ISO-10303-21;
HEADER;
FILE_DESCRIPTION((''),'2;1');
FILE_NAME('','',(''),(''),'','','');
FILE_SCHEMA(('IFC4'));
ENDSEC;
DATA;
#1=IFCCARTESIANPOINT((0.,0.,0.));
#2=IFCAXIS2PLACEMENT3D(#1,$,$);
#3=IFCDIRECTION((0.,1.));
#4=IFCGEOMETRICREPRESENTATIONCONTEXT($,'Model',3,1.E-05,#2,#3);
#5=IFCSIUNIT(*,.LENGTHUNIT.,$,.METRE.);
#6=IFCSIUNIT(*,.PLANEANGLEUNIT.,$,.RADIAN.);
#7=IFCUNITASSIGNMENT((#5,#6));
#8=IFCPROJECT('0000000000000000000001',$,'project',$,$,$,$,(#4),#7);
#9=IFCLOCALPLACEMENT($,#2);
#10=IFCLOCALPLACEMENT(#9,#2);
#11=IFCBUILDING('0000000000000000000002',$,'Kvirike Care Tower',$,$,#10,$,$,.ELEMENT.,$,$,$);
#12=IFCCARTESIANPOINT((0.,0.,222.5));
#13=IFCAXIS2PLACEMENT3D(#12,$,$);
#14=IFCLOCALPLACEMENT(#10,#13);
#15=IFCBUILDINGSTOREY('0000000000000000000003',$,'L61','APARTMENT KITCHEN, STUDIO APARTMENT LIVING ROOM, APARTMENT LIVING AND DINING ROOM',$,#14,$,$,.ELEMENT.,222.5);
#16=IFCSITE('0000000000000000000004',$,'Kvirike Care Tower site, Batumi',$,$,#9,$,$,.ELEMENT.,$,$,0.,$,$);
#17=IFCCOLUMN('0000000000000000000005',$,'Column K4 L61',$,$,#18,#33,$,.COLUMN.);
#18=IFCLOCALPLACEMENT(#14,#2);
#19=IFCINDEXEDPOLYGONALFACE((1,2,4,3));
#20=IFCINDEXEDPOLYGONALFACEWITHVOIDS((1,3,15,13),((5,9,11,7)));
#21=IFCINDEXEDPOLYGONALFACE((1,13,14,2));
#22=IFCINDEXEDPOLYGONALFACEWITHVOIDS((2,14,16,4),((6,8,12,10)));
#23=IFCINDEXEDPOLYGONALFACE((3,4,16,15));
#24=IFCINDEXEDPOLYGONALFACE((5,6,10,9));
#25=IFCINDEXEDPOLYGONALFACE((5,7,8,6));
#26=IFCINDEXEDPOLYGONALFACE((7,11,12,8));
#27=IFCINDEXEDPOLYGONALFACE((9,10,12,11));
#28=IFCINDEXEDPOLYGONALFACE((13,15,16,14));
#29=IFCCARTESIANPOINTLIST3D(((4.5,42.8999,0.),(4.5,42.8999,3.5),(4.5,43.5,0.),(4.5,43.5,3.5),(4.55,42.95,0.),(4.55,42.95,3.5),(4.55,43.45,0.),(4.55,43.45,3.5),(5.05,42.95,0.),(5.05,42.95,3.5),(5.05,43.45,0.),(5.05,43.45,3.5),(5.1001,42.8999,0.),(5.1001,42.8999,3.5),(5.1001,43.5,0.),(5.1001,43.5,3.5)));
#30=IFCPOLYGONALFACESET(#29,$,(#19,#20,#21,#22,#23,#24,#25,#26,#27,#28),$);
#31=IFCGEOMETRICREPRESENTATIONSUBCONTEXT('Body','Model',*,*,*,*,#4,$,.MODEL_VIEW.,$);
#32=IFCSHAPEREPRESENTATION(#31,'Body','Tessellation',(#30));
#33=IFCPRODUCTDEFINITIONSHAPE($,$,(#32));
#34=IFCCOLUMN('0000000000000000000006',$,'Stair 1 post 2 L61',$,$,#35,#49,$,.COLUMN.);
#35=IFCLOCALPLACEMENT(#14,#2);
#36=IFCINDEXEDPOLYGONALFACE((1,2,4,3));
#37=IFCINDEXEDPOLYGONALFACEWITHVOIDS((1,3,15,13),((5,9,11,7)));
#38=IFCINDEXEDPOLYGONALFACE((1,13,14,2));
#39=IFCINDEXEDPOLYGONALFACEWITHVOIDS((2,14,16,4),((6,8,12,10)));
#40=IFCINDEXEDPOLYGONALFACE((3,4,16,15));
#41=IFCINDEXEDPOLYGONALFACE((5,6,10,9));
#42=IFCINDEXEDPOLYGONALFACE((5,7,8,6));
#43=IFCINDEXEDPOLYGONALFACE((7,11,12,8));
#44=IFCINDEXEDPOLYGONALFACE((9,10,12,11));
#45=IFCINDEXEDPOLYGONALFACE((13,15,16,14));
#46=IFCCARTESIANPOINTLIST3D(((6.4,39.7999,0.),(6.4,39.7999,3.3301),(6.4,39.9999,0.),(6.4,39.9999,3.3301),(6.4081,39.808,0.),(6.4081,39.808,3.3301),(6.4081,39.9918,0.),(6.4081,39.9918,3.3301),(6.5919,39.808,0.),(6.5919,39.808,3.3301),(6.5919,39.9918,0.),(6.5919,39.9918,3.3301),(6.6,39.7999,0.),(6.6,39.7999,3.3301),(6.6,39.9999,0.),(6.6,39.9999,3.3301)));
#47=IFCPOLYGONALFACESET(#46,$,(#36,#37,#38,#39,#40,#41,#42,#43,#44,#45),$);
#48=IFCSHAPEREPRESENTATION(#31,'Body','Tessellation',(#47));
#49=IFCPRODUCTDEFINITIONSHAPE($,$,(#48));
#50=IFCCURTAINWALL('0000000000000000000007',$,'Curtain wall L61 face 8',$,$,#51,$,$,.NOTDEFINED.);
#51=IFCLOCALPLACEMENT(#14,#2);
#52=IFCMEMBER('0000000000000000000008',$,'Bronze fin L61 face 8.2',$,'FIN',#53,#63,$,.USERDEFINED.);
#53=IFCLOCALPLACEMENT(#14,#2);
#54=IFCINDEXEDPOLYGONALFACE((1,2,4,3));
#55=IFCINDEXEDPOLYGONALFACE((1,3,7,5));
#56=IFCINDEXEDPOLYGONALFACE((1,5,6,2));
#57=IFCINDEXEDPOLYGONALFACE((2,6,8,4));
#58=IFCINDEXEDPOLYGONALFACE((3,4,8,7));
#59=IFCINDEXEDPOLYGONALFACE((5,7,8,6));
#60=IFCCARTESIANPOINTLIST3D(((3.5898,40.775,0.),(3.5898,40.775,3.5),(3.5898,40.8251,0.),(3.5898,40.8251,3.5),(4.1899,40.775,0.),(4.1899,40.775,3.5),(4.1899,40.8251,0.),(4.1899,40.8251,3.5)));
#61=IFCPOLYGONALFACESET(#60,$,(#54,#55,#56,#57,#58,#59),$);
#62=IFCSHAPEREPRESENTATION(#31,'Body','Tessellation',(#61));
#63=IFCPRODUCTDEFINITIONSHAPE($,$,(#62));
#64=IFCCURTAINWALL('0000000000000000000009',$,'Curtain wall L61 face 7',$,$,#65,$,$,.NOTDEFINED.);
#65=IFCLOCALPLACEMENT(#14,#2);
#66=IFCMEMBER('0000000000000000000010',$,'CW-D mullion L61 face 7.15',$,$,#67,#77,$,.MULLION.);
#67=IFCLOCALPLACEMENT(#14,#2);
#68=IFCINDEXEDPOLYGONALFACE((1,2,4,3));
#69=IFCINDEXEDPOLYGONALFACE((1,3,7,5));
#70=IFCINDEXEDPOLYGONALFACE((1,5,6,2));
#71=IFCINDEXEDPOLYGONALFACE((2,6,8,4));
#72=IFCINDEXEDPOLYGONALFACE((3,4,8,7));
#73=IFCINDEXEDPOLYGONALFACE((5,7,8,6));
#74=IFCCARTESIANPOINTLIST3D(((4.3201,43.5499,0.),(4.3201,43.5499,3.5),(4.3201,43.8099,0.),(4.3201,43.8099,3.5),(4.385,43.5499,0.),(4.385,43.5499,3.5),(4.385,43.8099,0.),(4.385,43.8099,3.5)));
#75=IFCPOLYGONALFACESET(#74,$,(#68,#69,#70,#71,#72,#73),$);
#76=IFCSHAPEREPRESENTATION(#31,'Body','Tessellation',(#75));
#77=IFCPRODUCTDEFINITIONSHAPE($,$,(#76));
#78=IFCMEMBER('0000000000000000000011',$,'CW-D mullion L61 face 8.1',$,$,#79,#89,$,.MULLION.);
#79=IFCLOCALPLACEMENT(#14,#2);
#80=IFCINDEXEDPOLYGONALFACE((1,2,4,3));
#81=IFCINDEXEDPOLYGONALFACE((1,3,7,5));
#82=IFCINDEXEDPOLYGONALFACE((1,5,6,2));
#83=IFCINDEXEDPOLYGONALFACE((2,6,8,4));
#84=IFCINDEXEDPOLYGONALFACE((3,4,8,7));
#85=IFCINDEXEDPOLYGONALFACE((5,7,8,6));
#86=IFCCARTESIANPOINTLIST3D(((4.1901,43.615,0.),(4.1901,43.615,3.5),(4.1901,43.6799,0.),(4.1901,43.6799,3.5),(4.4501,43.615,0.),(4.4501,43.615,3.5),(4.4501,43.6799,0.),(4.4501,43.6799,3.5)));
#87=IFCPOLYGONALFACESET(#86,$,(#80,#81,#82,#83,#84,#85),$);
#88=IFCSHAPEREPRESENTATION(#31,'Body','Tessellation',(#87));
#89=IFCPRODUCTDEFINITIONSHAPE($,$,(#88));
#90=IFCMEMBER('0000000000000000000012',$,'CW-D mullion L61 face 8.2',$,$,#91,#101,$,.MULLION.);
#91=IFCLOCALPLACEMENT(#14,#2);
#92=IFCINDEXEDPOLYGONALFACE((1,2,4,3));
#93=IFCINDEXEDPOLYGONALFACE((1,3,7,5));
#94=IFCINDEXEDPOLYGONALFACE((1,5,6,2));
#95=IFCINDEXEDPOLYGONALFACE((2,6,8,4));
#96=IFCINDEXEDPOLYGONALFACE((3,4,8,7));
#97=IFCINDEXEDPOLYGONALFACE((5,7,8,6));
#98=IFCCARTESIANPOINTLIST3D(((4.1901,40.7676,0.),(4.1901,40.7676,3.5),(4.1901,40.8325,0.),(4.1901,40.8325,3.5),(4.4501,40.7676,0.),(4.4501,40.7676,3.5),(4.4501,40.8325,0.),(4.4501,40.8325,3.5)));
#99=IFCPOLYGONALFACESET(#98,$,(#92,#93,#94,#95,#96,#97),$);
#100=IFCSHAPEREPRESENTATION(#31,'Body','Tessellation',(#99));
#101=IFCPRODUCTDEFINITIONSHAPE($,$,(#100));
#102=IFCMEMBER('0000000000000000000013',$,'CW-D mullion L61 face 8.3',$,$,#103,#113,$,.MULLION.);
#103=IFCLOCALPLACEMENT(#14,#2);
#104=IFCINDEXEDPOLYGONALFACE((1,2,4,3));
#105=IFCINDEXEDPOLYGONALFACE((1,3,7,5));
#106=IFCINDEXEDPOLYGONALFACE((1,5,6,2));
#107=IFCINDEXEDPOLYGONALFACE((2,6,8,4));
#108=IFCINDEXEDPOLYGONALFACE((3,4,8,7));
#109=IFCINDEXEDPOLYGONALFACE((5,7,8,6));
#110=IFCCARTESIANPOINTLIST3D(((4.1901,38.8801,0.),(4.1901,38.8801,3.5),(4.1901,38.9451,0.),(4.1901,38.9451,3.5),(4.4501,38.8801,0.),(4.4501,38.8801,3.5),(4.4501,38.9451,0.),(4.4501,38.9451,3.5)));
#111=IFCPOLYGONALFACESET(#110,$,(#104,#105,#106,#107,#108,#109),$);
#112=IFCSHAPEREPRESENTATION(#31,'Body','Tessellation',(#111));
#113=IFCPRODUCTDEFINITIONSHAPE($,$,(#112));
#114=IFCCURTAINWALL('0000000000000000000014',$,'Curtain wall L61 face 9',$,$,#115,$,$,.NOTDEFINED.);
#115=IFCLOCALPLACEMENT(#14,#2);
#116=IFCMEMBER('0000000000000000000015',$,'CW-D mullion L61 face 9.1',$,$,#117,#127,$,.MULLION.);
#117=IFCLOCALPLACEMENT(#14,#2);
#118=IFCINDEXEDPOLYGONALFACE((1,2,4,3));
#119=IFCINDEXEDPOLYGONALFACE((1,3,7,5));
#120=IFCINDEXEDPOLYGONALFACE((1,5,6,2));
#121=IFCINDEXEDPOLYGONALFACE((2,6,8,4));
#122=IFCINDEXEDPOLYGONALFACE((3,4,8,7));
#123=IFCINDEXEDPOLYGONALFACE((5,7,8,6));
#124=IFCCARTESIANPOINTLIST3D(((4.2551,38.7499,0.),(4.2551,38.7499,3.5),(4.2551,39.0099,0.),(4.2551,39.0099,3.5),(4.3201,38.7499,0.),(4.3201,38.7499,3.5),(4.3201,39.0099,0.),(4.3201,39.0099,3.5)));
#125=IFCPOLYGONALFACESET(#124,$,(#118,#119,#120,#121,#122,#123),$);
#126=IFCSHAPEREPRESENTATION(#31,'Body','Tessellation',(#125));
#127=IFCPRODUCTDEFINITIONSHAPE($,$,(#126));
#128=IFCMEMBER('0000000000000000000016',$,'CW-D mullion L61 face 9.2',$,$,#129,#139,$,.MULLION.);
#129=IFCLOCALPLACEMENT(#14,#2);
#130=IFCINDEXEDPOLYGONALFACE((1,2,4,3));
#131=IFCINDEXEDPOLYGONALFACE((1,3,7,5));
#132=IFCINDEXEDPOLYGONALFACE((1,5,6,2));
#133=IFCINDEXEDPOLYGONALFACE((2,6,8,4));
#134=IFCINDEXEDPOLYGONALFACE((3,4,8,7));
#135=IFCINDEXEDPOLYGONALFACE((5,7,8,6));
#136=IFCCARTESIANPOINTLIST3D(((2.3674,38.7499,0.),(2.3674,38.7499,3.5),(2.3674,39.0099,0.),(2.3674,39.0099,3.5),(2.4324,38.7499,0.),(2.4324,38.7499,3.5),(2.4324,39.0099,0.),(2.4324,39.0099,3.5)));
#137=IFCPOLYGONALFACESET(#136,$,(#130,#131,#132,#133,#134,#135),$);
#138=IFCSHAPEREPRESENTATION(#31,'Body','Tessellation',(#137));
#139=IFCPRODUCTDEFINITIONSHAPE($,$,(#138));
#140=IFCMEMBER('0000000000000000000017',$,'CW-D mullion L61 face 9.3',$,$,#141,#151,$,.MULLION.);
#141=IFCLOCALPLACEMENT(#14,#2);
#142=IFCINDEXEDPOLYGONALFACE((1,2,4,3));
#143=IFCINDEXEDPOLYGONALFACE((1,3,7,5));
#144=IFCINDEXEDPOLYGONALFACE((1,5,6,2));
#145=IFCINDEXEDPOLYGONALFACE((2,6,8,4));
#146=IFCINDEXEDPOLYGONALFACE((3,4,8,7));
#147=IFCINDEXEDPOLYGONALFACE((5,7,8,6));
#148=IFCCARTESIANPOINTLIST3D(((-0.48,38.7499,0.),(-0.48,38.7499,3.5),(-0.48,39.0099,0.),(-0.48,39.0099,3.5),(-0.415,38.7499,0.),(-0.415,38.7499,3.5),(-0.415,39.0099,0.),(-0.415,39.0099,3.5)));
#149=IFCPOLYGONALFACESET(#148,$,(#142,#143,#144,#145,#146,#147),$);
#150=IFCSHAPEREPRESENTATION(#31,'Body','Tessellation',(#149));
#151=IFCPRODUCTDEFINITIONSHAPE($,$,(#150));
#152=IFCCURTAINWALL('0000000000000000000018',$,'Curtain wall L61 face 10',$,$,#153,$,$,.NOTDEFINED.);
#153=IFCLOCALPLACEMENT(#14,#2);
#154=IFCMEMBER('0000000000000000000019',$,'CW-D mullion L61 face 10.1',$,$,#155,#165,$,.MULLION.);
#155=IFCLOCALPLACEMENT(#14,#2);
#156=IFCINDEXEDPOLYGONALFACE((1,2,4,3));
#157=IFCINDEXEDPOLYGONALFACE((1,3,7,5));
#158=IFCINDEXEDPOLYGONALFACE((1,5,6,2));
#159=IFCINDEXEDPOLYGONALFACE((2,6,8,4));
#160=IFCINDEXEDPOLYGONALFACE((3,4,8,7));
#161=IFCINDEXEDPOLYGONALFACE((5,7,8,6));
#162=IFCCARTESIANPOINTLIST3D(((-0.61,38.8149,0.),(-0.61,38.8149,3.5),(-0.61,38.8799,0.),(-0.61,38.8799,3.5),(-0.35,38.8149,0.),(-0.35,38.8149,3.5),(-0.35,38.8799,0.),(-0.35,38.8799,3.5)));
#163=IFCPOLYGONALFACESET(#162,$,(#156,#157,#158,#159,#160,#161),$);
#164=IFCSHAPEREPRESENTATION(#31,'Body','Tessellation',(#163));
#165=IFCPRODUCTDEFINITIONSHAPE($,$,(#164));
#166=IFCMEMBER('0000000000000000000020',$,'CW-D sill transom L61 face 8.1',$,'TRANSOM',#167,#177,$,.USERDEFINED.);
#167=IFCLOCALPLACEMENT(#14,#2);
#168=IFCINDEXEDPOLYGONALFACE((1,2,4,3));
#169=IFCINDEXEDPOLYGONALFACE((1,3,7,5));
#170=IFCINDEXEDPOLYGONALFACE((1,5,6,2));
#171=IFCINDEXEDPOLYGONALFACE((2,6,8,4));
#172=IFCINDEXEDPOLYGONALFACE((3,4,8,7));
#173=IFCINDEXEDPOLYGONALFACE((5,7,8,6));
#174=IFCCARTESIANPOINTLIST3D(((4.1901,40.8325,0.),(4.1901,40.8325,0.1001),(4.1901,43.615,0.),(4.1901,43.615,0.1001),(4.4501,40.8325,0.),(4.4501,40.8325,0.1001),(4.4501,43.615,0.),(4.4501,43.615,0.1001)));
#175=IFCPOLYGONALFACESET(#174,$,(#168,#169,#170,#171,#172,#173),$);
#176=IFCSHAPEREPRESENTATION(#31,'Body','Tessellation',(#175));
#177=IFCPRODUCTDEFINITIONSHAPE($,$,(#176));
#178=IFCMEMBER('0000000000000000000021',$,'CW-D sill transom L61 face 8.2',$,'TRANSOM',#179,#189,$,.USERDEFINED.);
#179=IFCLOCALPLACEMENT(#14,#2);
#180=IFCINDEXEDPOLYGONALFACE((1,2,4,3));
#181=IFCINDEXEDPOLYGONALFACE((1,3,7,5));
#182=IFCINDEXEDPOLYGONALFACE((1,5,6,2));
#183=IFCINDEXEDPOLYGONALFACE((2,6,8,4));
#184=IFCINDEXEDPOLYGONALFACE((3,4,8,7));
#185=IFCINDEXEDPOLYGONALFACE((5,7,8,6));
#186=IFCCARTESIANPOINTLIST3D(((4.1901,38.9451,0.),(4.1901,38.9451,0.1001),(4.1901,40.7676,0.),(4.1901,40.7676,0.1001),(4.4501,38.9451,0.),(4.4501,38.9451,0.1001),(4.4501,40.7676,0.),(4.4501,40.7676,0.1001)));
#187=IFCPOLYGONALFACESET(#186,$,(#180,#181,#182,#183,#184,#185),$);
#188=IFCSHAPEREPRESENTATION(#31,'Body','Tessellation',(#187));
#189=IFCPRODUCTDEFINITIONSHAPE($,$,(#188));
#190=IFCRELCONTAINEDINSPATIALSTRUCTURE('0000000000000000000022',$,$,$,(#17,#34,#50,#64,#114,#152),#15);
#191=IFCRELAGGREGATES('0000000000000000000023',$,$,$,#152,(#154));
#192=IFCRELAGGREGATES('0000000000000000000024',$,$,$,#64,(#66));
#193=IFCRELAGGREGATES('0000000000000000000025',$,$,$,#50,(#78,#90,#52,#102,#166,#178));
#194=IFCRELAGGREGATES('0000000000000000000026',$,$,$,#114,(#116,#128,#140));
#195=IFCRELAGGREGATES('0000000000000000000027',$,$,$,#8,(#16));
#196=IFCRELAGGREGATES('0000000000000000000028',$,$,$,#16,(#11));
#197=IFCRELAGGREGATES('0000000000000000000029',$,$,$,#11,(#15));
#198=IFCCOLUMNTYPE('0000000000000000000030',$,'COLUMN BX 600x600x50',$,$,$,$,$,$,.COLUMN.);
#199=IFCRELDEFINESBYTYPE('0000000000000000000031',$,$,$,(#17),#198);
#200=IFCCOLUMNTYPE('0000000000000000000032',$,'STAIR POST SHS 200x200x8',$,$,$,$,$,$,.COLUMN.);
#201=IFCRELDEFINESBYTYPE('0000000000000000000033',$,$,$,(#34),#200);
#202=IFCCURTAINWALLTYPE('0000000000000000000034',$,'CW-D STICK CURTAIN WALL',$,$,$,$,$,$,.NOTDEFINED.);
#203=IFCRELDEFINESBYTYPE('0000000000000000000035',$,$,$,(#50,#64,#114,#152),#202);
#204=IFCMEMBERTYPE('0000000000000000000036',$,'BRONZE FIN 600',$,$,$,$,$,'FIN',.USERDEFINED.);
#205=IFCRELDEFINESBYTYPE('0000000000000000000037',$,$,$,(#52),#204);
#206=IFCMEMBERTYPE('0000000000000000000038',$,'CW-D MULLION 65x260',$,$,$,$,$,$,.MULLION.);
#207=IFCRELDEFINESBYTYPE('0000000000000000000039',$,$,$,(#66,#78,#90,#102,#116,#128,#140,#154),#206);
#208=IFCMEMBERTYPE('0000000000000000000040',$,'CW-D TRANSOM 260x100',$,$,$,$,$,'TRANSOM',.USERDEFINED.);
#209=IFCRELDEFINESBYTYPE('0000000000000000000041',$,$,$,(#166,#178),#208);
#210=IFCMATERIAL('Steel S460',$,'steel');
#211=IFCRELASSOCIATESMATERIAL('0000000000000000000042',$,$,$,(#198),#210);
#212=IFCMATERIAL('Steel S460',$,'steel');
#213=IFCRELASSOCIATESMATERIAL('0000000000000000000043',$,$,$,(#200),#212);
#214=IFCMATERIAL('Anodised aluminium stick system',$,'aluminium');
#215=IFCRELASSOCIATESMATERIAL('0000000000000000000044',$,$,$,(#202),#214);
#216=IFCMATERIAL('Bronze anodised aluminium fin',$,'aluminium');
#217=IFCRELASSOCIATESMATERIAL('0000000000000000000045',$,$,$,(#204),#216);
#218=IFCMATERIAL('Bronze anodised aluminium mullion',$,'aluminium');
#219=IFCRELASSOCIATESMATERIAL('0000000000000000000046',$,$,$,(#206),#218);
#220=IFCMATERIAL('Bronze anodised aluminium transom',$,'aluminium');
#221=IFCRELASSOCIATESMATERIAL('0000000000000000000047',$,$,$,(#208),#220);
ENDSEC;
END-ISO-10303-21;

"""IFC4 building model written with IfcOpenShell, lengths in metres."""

from ifc_helpers import new_model, si_unit, direction, frame, origin, origin_2d, place, context, subcontext, project, spatial, rectangle, hollow_rectangle, extrude, material, material_profile, profile_set, type_object, element, aggregate, save


model = new_model("IFC4")

# Units and contexts
model_context = context("Model", 3, precision=1e-05, world=origin(), true_north=direction((0.0, 1.0)))
body_context = subcontext(model_context, "Body", "Model", "MODEL_VIEW")
ifc_project = project(units=[si_unit("LENGTHUNIT", "METRE"), si_unit("PLANEANGLEUNIT", "RADIAN")], contexts=[model_context])

# Site, building, storey
site_placement = place(None, origin())
site = spatial("IfcSite", under=ifc_project, at=site_placement, Name="Kvirike Care Tower site, Batumi", CompositionType="ELEMENT", RefElevation=0.0)
building_placement = place(site_placement, origin())
building = spatial("IfcBuilding", under=site, at=building_placement, Name="Kvirike Care Tower", CompositionType="ELEMENT")
storey_placement = place(building_placement, frame((0.0, 0.0, 222.5)))
storey = spatial("IfcBuildingStorey", under=building, at=storey_placement, Name="L61", Description="APARTMENT KITCHEN, STUDIO APARTMENT LIVING ROOM, APARTMENT LIVING AND DINING ROOM", CompositionType="ELEMENT", Elevation=222.5)

# Columns
ifc_material_1 = material(Name="Steel S460", Category="steel")
ifc_material_profile_1 = material_profile(ifc_material_1, hollow_rectangle(XDim=0.6001, YDim=0.6001, WallThickness=0.05, at=origin_2d()), Name="BX 600x600x50")
ifc_profile_set_1 = profile_set([ifc_material_profile_1], Name="Steel S460")
column_type_1 = type_object("IfcColumnType", Name="COLUMN BX 600x600x50", PredefinedType="COLUMN", material=ifc_profile_set_1)
column_1_placement = place(storey_placement, frame((4.8, 43.2, 0.0), z_axis=(0.0, 0.0, 1.0), x_axis=(0.0, 1.0, 0.0)))
element("IfcColumn", 1, at=column_1_placement, inside=storey, type_object=column_type_1, Name="Column K4 L61", PredefinedType="COLUMN", context=body_context, shape_type="SweptSolid", body=[
    extrude(hollow_rectangle(XDim=0.6001, YDim=0.6001, WallThickness=0.05, at=origin_2d()), origin(), (0.0, 0.0, 1.0), 3.5),
])
ifc_material_2 = material(Name="Steel S460", Category="steel")
ifc_material_profile_2 = material_profile(ifc_material_2, hollow_rectangle(XDim=0.2, YDim=0.2, WallThickness=0.0081, at=origin_2d()), Name="SHS 200x200x8")
ifc_profile_set_2 = profile_set([ifc_material_profile_2], Name="Steel S460")
column_type_2 = type_object("IfcColumnType", Name="STAIR POST SHS 200x200x8", PredefinedType="COLUMN", material=ifc_profile_set_2)
column_2_placement = place(storey_placement, frame((6.5, 39.8999, 0.0), z_axis=(0.0, 0.0, 1.0), x_axis=(1.0, 0.0, 0.0)))
element("IfcColumn", 2, at=column_2_placement, inside=storey, type_object=column_type_2, Name="Stair 1 post 2 L61", PredefinedType="COLUMN", context=body_context, shape_type="SweptSolid", body=[
    extrude(hollow_rectangle(XDim=0.2, YDim=0.2, WallThickness=0.0081, at=origin_2d()), origin(), (0.0, 0.0, 1.0), 3.3301),
])

# Curtain walls, members
ifc_material_3 = material(Name="Anodised aluminium stick system", Category="aluminium")
curtain_wall_type = type_object("IfcCurtainWallType", Name="CW-D STICK CURTAIN WALL", PredefinedType="NOTDEFINED", material=ifc_material_3)
curtain_wall_1_placement = place(storey_placement, origin())
curtain_wall_1 = element("IfcCurtainWall", 3, at=curtain_wall_1_placement, inside=storey, type_object=curtain_wall_type, Name="Curtain wall L61 face 8", PredefinedType="NOTDEFINED")
ifc_material_4 = material(Name="Bronze anodised aluminium fin", Category="aluminium")
ifc_material_profile_3 = material_profile(ifc_material_4, rectangle(XDim=0.05, YDim=0.6001, at=origin_2d()), Name="BRONZE FIN 600")
ifc_profile_set_3 = profile_set([ifc_material_profile_3], Name="Bronze anodised aluminium fin")
member_type_1 = type_object("IfcMemberType", Name="BRONZE FIN 600", ElementType="FIN", PredefinedType="USERDEFINED", material=ifc_profile_set_3)
member_1_placement = place(storey_placement, frame((3.8899, 40.8, 0.0), z_axis=(0.0, 0.0, 1.0), x_axis=(0.0, -1.0, 0.0)))
member_1 = element("IfcMember", 4, at=member_1_placement, type_object=member_type_1, Name="Bronze fin L61 face 8.2", ObjectType="FIN", PredefinedType="USERDEFINED", context=body_context, shape_type="SweptSolid", body=[
    extrude(rectangle(XDim=0.05, YDim=0.6001, at=origin_2d()), origin(), (0.0, 0.0, 1.0), 3.5),
])
curtain_wall_2_placement = place(storey_placement, origin())
curtain_wall_2 = element("IfcCurtainWall", 5, at=curtain_wall_2_placement, inside=storey, type_object=curtain_wall_type, Name="Curtain wall L61 face 7", PredefinedType="NOTDEFINED")
ifc_material_5 = material(Name="Bronze anodised aluminium mullion", Category="aluminium")
ifc_material_profile_4 = material_profile(ifc_material_5, rectangle(XDim=0.0649, YDim=0.26, at=origin_2d()), Name="CW-D MULLION 65x260")
ifc_profile_set_4 = profile_set([ifc_material_profile_4], Name="Bronze anodised aluminium mullion")
member_type_2 = type_object("IfcMemberType", Name="CW-D MULLION 65x260", PredefinedType="MULLION", material=ifc_profile_set_4)
member_2_placement = place(storey_placement, frame((4.3525, 43.6799, 0.0), z_axis=(0.0, 0.0, 1.0), x_axis=(-1.0, 0.0, 0.0)))
member_2 = element("IfcMember", 6, at=member_2_placement, type_object=member_type_2, Name="CW-D mullion L61 face 7.15", PredefinedType="MULLION", context=body_context, shape_type="SweptSolid", body=[
    extrude(rectangle(XDim=0.0649, YDim=0.26, at=origin_2d()), origin(), (0.0, 0.0, 1.0), 3.5),
])

# Members
member_3_placement = place(storey_placement, frame((4.3201, 43.6475, 0.0), z_axis=(0.0, 0.0, 1.0), x_axis=(0.0, -1.0, 0.0)))
member_3 = element("IfcMember", 7, at=member_3_placement, type_object=member_type_2, Name="CW-D mullion L61 face 8.1", PredefinedType="MULLION", context=body_context, shape_type="SweptSolid", body=[
    extrude(rectangle(XDim=0.0649, YDim=0.26, at=origin_2d()), origin(), (0.0, 0.0, 1.0), 3.5),
])
member_4_placement = place(storey_placement, frame((4.3201, 40.8, 0.0), z_axis=(0.0, 0.0, 1.0), x_axis=(0.0, -1.0, 0.0)))
member_4 = element("IfcMember", 8, at=member_4_placement, type_object=member_type_2, Name="CW-D mullion L61 face 8.2", PredefinedType="MULLION", context=body_context, shape_type="SweptSolid", body=[
    extrude(rectangle(XDim=0.0649, YDim=0.26, at=origin_2d()), origin(), (0.0, 0.0, 1.0), 3.5),
])
member_5_placement = place(storey_placement, frame((4.3201, 38.9126, 0.0), z_axis=(0.0, 0.0, 1.0), x_axis=(0.0, -1.0, 0.0)))
member_5 = element("IfcMember", 9, at=member_5_placement, type_object=member_type_2, Name="CW-D mullion L61 face 8.3", PredefinedType="MULLION", context=body_context, shape_type="SweptSolid", body=[
    extrude(rectangle(XDim=0.0649, YDim=0.26, at=origin_2d()), origin(), (0.0, 0.0, 1.0), 3.5),
])

# Curtain wall, members
curtain_wall_3_placement = place(storey_placement, origin())
curtain_wall_3 = element("IfcCurtainWall", 10, at=curtain_wall_3_placement, inside=storey, type_object=curtain_wall_type, Name="Curtain wall L61 face 9", PredefinedType="NOTDEFINED")
member_6_placement = place(storey_placement, frame((4.2876, 38.8799, 0.0), z_axis=(0.0, 0.0, 1.0), x_axis=(-1.0, 0.0, 0.0)))
member_6 = element("IfcMember", 11, at=member_6_placement, type_object=member_type_2, Name="CW-D mullion L61 face 9.1", PredefinedType="MULLION", context=body_context, shape_type="SweptSolid", body=[
    extrude(rectangle(XDim=0.0649, YDim=0.26, at=origin_2d()), origin(), (0.0, 0.0, 1.0), 3.5),
])
member_7_placement = place(storey_placement, frame((2.3999, 38.8799, 0.0), z_axis=(0.0, 0.0, 1.0), x_axis=(-1.0, 0.0, 0.0)))
member_7 = element("IfcMember", 12, at=member_7_placement, type_object=member_type_2, Name="CW-D mullion L61 face 9.2", PredefinedType="MULLION", context=body_context, shape_type="SweptSolid", body=[
    extrude(rectangle(XDim=0.0649, YDim=0.26, at=origin_2d()), origin(), (0.0, 0.0, 1.0), 3.5),
])
member_8_placement = place(storey_placement, frame((-0.4475, 38.8799, 0.0), z_axis=(0.0, 0.0, 1.0), x_axis=(-1.0, 0.0, 0.0)))
member_8 = element("IfcMember", 13, at=member_8_placement, type_object=member_type_2, Name="CW-D mullion L61 face 9.3", PredefinedType="MULLION", context=body_context, shape_type="SweptSolid", body=[
    extrude(rectangle(XDim=0.0649, YDim=0.26, at=origin_2d()), origin(), (0.0, 0.0, 1.0), 3.5),
])

# Curtain wall, member
curtain_wall_4_placement = place(storey_placement, origin())
curtain_wall_4 = element("IfcCurtainWall", 14, at=curtain_wall_4_placement, inside=storey, type_object=curtain_wall_type, Name="Curtain wall L61 face 10", PredefinedType="NOTDEFINED")
member_9_placement = place(storey_placement, frame((-0.48, 38.8474, 0.0), z_axis=(0.0, 0.0, 1.0), x_axis=(0.0, -1.0, 0.0)))
member_9 = element("IfcMember", 15, at=member_9_placement, type_object=member_type_2, Name="CW-D mullion L61 face 10.1", PredefinedType="MULLION", context=body_context, shape_type="SweptSolid", body=[
    extrude(rectangle(XDim=0.0649, YDim=0.26, at=origin_2d()), origin(), (0.0, 0.0, 1.0), 3.5),
])

# Members
ifc_material_6 = material(Name="Bronze anodised aluminium transom", Category="aluminium")
ifc_material_profile_5 = material_profile(ifc_material_6, rectangle(XDim=0.26, YDim=0.1001, at=origin_2d()), Name="CW-D TRANSOM 260x100")
ifc_profile_set_5 = profile_set([ifc_material_profile_5], Name="Bronze anodised aluminium transom")
member_type_3 = type_object("IfcMemberType", Name="CW-D TRANSOM 260x100", ElementType="TRANSOM", PredefinedType="USERDEFINED", material=ifc_profile_set_5)
member_10_placement = place(storey_placement, frame((4.3201, 43.615, 0.05), z_axis=(0.0, -1.0, 0.0), x_axis=(1.0, 0.0, 0.0)))
member_10 = element("IfcMember", 16, at=member_10_placement, type_object=member_type_3, Name="CW-D sill transom L61 face 8.1", ObjectType="TRANSOM", PredefinedType="USERDEFINED", context=body_context, shape_type="SweptSolid", body=[
    extrude(rectangle(XDim=0.26, YDim=0.1001, at=origin_2d()), origin(), (0.0, 0.0, 1.0), 2.7825),
])
member_11_placement = place(storey_placement, frame((4.3201, 40.7676, 0.05), z_axis=(0.0, -1.0, 0.0), x_axis=(1.0, 0.0, 0.0)))
member_11 = element("IfcMember", 17, at=member_11_placement, type_object=member_type_3, Name="CW-D sill transom L61 face 8.2", ObjectType="TRANSOM", PredefinedType="USERDEFINED", context=body_context, shape_type="SweptSolid", body=[
    extrude(rectangle(XDim=0.26, YDim=0.1001, at=origin_2d()), origin(), (0.0, 0.0, 1.0), 1.8225),
])
aggregate(curtain_wall_4, [member_9])

aggregate(curtain_wall_2, [member_2])
aggregate(curtain_wall_1, [member_3, member_4, member_1, member_5, member_10, member_11])
aggregate(curtain_wall_3, [member_6, member_7, member_8])

save(model, "model.ifc")
